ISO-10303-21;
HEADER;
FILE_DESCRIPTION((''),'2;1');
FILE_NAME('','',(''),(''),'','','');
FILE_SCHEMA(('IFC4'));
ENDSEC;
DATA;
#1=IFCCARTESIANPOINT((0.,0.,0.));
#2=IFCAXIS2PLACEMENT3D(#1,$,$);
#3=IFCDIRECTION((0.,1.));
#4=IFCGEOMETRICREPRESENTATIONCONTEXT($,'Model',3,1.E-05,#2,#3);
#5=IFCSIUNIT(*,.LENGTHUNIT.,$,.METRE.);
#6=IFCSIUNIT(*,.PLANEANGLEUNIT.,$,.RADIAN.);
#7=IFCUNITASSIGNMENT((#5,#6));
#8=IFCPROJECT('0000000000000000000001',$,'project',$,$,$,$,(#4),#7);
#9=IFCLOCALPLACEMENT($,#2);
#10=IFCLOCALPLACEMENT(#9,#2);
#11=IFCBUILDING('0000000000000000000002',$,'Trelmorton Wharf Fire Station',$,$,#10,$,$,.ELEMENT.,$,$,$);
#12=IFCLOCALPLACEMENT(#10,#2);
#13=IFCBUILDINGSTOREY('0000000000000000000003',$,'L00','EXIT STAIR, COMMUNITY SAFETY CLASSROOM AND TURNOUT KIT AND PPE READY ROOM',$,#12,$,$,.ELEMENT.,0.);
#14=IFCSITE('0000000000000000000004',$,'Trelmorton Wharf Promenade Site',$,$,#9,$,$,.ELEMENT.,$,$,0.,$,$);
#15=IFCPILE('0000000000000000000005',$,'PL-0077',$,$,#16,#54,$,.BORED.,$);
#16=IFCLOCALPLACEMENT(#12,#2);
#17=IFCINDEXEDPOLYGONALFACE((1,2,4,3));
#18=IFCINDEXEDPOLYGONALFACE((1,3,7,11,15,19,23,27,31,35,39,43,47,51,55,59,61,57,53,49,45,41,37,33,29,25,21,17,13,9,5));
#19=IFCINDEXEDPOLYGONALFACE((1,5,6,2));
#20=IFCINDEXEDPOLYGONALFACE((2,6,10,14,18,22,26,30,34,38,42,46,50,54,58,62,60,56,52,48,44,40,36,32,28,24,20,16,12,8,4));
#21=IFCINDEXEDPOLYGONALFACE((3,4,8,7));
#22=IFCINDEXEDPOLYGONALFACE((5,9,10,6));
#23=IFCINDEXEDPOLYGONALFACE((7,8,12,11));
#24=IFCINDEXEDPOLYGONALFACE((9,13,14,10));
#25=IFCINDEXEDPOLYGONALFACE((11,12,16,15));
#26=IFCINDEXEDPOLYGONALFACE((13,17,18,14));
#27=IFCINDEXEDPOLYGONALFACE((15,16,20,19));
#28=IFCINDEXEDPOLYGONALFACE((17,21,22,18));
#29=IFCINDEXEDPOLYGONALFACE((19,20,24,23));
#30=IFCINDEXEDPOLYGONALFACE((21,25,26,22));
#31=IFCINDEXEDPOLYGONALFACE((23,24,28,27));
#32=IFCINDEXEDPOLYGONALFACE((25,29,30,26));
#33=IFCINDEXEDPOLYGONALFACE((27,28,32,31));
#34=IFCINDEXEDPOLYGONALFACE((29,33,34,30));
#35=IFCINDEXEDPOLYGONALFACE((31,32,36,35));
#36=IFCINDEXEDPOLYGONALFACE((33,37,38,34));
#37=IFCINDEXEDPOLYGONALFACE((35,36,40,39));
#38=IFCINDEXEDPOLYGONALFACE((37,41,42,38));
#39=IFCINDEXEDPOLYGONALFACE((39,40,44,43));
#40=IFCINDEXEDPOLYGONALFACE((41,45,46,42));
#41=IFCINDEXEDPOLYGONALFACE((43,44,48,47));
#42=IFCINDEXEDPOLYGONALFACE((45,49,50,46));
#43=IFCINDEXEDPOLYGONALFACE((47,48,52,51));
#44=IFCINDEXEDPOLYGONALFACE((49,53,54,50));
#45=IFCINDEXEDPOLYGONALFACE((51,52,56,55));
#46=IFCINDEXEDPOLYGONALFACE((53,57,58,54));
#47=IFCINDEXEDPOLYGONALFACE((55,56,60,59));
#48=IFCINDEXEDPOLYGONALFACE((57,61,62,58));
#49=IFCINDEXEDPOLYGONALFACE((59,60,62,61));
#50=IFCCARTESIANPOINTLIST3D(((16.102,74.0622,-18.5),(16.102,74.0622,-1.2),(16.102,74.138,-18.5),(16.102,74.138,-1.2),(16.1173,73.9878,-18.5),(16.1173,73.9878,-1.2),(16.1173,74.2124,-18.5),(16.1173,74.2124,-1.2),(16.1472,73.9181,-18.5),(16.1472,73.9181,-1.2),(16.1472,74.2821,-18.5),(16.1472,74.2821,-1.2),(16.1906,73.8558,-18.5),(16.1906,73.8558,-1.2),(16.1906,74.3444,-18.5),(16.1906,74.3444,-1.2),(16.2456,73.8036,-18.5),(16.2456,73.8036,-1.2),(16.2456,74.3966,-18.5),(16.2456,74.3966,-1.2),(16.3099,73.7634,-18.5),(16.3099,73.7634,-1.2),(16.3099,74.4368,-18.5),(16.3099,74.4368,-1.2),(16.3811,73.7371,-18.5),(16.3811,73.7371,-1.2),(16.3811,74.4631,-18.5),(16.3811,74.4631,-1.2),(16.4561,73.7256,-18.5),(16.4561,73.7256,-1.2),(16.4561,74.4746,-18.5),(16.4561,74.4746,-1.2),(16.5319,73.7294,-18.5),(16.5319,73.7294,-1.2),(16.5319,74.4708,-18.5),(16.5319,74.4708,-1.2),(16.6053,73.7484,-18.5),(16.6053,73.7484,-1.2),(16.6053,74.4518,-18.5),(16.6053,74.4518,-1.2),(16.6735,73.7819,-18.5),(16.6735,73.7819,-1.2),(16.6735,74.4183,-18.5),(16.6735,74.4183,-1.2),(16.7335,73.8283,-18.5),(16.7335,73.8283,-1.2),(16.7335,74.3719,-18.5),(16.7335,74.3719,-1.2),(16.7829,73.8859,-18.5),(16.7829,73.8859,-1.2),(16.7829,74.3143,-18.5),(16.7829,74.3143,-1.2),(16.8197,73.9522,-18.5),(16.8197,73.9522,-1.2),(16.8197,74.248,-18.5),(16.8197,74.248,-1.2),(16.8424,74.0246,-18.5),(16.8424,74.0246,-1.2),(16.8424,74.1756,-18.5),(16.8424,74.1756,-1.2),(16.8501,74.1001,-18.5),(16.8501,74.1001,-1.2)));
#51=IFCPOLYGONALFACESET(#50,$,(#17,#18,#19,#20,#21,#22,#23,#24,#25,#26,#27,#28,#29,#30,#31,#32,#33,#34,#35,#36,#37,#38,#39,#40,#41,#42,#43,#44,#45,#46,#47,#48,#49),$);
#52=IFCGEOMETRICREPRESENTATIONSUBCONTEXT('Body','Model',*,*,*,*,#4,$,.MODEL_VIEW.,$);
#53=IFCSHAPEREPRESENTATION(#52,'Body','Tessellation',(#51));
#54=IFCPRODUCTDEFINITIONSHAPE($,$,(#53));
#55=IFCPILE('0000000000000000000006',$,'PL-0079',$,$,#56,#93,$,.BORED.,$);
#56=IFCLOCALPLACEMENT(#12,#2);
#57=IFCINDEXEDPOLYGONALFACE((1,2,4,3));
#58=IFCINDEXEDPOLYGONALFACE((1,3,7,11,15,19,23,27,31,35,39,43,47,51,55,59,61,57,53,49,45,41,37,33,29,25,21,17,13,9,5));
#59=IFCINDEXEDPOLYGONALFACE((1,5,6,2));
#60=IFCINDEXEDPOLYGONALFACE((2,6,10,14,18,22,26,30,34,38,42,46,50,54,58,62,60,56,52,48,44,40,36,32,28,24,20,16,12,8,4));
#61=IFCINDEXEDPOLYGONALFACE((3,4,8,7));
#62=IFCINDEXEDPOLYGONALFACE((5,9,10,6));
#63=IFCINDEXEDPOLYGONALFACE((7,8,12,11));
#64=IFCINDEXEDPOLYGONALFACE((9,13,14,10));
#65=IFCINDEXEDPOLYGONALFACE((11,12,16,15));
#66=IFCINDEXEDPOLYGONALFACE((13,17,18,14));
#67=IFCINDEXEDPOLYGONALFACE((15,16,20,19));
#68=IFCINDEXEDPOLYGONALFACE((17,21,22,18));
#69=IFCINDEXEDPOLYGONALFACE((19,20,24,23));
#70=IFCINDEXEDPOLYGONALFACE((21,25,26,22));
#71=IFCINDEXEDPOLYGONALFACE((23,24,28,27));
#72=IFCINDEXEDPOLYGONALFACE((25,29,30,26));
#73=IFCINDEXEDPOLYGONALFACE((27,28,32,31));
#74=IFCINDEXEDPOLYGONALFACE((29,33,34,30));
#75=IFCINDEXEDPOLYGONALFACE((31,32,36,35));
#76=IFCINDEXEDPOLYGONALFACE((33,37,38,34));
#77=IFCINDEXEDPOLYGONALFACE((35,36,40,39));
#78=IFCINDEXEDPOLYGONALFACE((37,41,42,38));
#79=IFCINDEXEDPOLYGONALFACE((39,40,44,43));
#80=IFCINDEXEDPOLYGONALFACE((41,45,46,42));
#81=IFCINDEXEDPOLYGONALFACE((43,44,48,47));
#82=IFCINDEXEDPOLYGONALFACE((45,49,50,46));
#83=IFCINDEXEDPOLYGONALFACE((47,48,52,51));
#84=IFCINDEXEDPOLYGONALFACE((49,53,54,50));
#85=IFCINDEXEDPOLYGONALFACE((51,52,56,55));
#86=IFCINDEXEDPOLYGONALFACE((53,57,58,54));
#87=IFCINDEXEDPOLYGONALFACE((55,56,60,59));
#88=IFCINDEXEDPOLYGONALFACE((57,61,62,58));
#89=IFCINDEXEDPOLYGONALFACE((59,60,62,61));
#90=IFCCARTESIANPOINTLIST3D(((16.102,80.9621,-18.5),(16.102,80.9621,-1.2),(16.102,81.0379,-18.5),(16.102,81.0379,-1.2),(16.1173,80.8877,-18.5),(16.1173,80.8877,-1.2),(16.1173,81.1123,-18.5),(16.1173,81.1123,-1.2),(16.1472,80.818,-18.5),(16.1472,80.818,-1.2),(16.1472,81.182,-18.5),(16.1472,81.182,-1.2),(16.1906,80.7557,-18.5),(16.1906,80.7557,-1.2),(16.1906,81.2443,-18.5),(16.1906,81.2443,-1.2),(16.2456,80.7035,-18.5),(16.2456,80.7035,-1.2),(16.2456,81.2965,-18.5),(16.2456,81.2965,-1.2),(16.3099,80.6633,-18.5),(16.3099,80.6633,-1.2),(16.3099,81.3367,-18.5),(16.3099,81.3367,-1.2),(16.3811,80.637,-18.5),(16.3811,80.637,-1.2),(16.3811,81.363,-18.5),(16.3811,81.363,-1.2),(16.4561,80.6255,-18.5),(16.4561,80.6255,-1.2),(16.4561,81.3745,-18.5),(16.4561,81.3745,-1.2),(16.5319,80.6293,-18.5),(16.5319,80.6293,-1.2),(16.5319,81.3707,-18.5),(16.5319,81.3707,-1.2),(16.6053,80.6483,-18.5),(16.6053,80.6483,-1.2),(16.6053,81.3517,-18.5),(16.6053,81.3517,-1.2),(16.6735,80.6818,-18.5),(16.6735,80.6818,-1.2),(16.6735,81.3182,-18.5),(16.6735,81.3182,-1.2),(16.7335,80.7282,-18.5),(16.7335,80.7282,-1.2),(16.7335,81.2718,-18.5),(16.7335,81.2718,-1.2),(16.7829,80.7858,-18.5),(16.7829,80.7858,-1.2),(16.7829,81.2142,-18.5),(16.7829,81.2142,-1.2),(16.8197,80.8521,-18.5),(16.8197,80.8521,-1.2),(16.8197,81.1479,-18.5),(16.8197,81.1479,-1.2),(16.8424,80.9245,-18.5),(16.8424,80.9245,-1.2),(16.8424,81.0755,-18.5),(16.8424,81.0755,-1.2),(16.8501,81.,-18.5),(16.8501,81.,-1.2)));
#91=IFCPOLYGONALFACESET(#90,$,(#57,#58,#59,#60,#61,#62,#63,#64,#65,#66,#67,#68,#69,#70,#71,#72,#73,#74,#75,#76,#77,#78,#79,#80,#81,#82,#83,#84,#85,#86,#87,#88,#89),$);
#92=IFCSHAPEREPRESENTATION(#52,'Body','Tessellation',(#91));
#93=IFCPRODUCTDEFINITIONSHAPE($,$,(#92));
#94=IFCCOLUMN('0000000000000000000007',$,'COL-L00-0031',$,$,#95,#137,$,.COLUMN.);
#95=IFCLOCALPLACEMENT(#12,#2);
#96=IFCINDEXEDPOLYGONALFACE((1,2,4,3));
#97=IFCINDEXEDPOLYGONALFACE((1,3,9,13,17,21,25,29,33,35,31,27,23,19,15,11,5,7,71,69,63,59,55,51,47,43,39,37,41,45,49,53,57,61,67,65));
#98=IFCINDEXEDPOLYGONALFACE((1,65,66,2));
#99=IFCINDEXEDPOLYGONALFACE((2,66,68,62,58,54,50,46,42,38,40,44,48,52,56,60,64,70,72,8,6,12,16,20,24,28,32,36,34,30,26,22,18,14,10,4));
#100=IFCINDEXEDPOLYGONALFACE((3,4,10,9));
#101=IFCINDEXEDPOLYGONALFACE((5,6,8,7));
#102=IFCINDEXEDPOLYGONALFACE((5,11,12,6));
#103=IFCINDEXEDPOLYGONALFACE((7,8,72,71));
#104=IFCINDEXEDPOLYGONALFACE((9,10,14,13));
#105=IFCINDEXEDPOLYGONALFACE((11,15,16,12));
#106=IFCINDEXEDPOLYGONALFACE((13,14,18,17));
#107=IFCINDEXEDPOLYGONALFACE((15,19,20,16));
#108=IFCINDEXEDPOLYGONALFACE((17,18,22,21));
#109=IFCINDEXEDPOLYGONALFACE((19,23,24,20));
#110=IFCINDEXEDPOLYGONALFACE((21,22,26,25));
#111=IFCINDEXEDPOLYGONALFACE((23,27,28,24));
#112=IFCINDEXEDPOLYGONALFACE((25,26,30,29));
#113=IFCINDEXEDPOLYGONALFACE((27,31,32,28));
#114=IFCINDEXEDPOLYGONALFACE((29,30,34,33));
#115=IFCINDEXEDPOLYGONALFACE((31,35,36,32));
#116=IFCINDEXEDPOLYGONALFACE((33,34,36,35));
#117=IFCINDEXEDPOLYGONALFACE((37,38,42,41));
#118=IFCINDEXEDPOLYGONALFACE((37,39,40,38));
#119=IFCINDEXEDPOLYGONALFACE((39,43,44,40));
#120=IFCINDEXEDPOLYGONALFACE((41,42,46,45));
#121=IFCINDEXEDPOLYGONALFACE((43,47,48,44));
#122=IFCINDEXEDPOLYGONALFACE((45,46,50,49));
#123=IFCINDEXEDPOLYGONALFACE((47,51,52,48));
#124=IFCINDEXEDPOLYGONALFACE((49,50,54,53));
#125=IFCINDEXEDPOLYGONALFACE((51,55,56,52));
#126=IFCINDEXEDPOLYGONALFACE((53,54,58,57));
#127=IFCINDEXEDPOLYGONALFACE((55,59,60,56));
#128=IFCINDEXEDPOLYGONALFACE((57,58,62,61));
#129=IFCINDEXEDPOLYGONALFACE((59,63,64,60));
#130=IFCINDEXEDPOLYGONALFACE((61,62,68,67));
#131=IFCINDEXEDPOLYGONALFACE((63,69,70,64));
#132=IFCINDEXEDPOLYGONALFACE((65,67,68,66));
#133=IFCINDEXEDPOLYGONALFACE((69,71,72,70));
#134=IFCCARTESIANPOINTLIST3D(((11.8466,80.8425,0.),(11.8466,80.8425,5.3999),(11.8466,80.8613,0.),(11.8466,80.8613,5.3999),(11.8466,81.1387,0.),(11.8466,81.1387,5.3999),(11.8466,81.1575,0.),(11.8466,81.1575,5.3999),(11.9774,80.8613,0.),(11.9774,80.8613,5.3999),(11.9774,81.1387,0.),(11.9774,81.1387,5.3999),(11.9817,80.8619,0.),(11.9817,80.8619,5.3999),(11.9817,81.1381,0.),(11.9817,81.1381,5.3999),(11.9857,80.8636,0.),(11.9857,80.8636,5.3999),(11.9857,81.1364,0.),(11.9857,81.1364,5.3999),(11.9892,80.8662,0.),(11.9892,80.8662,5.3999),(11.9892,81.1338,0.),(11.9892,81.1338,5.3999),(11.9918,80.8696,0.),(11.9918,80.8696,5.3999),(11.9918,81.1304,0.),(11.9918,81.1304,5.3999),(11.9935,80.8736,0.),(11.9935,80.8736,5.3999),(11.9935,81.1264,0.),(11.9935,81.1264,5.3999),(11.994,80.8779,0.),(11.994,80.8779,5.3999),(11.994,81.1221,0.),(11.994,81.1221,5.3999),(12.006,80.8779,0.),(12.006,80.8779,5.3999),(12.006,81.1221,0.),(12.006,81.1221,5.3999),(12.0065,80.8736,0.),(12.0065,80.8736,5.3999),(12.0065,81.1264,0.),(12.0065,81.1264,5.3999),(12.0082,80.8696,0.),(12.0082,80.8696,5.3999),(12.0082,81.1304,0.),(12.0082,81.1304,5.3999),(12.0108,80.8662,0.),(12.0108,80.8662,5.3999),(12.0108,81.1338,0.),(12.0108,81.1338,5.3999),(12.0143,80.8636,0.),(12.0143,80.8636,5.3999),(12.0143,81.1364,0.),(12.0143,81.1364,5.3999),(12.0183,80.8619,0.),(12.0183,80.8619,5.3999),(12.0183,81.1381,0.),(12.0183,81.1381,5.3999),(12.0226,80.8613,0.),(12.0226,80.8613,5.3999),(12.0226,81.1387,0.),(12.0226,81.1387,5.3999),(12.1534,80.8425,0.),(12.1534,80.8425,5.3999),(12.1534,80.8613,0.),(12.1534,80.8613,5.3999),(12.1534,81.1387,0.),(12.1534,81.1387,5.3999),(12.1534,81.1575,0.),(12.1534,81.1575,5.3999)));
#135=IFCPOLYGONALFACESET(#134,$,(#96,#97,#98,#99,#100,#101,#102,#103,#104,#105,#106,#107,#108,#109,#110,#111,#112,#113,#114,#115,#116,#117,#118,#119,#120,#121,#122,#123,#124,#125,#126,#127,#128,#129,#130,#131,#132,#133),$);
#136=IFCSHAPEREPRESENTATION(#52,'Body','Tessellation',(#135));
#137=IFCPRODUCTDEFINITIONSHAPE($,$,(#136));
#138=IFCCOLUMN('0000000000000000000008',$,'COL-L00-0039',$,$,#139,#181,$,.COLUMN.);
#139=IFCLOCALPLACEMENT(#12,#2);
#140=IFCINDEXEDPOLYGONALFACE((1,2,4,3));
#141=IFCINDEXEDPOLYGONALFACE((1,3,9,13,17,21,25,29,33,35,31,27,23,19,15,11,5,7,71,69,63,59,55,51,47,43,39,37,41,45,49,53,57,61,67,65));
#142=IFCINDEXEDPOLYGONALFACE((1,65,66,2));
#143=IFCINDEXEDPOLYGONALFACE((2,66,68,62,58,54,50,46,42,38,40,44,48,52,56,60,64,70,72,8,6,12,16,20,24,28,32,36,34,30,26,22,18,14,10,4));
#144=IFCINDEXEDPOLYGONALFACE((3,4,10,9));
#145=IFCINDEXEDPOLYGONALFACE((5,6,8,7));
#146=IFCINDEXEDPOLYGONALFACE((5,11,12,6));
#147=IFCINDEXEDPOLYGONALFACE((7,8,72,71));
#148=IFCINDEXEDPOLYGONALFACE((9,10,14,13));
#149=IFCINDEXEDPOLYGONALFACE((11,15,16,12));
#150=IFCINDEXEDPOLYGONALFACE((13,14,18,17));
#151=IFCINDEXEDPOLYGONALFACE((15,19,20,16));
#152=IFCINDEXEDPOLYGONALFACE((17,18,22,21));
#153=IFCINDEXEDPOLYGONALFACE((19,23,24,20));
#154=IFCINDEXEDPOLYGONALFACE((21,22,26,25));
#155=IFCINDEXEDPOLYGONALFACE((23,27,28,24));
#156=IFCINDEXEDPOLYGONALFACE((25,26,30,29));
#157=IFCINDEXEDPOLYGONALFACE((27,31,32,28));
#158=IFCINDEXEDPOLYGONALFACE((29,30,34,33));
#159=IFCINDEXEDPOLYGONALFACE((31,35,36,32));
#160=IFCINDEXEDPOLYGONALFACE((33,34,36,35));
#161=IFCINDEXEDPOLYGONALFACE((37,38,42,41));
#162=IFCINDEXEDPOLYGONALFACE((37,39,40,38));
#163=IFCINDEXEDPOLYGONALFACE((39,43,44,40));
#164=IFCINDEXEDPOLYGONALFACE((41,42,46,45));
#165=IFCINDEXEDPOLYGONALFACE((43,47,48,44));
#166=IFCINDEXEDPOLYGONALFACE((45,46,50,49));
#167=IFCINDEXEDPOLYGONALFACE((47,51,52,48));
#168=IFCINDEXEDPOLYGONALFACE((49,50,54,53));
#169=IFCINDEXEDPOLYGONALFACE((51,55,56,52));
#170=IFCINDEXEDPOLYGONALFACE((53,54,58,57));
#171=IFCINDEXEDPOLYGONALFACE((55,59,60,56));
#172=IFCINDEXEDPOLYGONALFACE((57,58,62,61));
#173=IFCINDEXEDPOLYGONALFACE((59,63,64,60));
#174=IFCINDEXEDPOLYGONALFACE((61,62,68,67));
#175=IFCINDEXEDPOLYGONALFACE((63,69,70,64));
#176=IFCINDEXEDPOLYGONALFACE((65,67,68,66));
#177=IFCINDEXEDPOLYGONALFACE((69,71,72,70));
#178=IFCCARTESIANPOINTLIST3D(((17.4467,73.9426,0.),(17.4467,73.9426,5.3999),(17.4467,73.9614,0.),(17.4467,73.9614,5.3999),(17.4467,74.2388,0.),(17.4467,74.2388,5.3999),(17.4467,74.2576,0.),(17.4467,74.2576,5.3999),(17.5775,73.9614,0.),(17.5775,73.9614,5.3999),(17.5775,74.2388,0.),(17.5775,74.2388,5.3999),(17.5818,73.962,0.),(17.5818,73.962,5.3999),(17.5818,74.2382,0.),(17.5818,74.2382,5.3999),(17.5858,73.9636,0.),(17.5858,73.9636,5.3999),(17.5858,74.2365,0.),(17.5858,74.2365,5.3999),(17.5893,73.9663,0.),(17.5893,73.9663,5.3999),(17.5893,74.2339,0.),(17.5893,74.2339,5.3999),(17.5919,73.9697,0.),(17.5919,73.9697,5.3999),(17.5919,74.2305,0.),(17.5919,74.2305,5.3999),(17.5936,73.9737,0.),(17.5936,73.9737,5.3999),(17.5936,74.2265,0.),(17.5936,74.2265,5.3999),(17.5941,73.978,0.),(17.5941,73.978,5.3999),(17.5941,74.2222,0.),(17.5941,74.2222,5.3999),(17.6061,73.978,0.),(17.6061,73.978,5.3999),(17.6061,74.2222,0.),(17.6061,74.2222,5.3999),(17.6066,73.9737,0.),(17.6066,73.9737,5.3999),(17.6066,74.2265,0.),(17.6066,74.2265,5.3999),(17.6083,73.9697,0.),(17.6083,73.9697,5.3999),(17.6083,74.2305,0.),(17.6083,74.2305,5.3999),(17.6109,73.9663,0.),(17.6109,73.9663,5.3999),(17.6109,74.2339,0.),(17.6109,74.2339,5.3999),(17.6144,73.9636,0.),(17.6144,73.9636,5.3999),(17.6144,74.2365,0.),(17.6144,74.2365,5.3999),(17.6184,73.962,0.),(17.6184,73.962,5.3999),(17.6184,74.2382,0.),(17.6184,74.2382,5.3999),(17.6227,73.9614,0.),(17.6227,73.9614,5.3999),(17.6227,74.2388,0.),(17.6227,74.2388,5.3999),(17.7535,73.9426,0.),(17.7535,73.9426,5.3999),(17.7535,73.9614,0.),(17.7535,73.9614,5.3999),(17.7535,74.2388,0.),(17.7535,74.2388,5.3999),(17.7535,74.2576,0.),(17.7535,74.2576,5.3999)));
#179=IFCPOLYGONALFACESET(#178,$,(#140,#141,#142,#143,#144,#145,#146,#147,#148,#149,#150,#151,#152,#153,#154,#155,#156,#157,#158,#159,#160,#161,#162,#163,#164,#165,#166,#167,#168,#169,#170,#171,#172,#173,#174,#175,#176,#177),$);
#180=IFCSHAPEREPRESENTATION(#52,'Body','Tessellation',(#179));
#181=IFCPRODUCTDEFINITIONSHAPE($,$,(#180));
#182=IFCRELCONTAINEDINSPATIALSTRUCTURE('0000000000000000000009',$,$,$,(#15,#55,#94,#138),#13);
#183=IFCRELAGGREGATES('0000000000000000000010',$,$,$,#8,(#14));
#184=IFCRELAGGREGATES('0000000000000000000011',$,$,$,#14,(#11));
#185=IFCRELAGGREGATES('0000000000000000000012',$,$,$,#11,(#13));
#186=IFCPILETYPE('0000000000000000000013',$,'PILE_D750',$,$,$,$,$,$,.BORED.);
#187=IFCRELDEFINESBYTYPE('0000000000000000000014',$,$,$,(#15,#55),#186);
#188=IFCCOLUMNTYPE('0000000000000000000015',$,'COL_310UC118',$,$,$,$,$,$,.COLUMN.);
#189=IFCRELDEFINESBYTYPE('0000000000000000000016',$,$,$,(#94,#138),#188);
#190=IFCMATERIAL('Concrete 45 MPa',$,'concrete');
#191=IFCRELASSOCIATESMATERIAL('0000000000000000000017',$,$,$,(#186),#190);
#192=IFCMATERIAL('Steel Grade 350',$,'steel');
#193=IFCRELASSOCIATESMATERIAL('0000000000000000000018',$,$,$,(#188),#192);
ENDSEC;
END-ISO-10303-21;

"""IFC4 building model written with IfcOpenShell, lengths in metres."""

from ifc_helpers import new_model, si_unit, direction, frame, origin, origin_2d, place, context, subcontext, project, spatial, circle, i_section, extrude, material, material_profile, profile_set, type_object, element, save


model = new_model("IFC4")

# Units and contexts
model_context = context("Model", 3, precision=1e-05, world=origin(), true_north=direction((0.0, 1.0)))
body_context = subcontext(model_context, "Body", "Model", "MODEL_VIEW")
ifc_project = project(units=[si_unit("LENGTHUNIT", "METRE"), si_unit("PLANEANGLEUNIT", "RADIAN")], contexts=[model_context])

# Site, building, storey
site_placement = place(None, origin())
site = spatial("IfcSite", under=ifc_project, at=site_placement, Name="Trelmorton Wharf Promenade Site", CompositionType="ELEMENT", RefElevation=0.0)
building_placement = place(site_placement, origin())
building = spatial("IfcBuilding", under=site, at=building_placement, Name="Trelmorton Wharf Fire Station", CompositionType="ELEMENT")
storey_placement = place(building_placement, origin())
storey = spatial("IfcBuildingStorey", under=building, at=storey_placement, Name="L00", Description="EXIT STAIR, COMMUNITY SAFETY CLASSROOM AND TURNOUT KIT AND PPE READY ROOM", CompositionType="ELEMENT", Elevation=0.0)

# Piles
ifc_material_1 = material(Name="Concrete 45 MPa", Category="concrete")
ifc_material_profile_1 = material_profile(ifc_material_1, circle(Radius=0.375, at=origin_2d()), Name="PILE-D750")
ifc_profile_set_1 = profile_set([ifc_material_profile_1], Name="Concrete 45 MPa")
pile_type = type_object("IfcPileType", Name="PILE_D750", PredefinedType="BORED", material=ifc_profile_set_1)
for number, where, z_axis, x_axis, name in (
    (1, (16.4751, 74.1001, -1.2), (0.0, 0.0, -1.0), (1.0, 0.0, 0.0), "PL-0077"),
    (2, (16.4751, 81.0, -1.2), (0.0, 0.0, -1.0), (1.0, 0.0, 0.0), "PL-0079"),
):
    element("IfcPile", number, at=place(storey_placement, frame(where, z_axis=z_axis, x_axis=x_axis)), inside=storey, type_object=pile_type, Name=name, PredefinedType="BORED", context=body_context, shape_type="SweptSolid", body=[
        extrude(circle(Radius=0.375, at=origin_2d()), origin(), (0.0, 0.0, 1.0), 17.3),
    ])

# Columns
ifc_material_2 = material(Name="Steel Grade 350", Category="steel")
ifc_material_profile_2 = material_profile(ifc_material_2, i_section(OverallWidth=0.3069, OverallDepth=0.3149, WebThickness=0.012, FlangeThickness=0.0188, FilletRadius=0.0166, at=origin_2d()), Name="310UC118")
ifc_profile_set_2 = profile_set([ifc_material_profile_2], Name="Steel Grade 350")
column_type = type_object("IfcColumnType", Name="COL_310UC118", PredefinedType="COLUMN", material=ifc_profile_set_2)
for number, where, z_axis, x_axis, name in (
    (3, (12.0, 81.0, 0.0), (0.0, 0.0, 1.0), (1.0, 0.0, 0.0), "COL-L00-0031"),
    (4, (17.6001, 74.1001, 0.0), (0.0, 0.0, 1.0), (1.0, 0.0, 0.0), "COL-L00-0039"),
):
    element("IfcColumn", number, at=place(storey_placement, frame(where, z_axis=z_axis, x_axis=x_axis)), inside=storey, type_object=column_type, Name=name, PredefinedType="COLUMN", context=body_context, shape_type="SweptSolid", body=[
        extrude(i_section(OverallWidth=0.3069, OverallDepth=0.3149, WebThickness=0.012, FlangeThickness=0.0188, FilletRadius=0.0166, at=origin_2d()), origin(), (0.0, 0.0, 1.0), 5.3999),
    ])

save(model, "model.ifc")
